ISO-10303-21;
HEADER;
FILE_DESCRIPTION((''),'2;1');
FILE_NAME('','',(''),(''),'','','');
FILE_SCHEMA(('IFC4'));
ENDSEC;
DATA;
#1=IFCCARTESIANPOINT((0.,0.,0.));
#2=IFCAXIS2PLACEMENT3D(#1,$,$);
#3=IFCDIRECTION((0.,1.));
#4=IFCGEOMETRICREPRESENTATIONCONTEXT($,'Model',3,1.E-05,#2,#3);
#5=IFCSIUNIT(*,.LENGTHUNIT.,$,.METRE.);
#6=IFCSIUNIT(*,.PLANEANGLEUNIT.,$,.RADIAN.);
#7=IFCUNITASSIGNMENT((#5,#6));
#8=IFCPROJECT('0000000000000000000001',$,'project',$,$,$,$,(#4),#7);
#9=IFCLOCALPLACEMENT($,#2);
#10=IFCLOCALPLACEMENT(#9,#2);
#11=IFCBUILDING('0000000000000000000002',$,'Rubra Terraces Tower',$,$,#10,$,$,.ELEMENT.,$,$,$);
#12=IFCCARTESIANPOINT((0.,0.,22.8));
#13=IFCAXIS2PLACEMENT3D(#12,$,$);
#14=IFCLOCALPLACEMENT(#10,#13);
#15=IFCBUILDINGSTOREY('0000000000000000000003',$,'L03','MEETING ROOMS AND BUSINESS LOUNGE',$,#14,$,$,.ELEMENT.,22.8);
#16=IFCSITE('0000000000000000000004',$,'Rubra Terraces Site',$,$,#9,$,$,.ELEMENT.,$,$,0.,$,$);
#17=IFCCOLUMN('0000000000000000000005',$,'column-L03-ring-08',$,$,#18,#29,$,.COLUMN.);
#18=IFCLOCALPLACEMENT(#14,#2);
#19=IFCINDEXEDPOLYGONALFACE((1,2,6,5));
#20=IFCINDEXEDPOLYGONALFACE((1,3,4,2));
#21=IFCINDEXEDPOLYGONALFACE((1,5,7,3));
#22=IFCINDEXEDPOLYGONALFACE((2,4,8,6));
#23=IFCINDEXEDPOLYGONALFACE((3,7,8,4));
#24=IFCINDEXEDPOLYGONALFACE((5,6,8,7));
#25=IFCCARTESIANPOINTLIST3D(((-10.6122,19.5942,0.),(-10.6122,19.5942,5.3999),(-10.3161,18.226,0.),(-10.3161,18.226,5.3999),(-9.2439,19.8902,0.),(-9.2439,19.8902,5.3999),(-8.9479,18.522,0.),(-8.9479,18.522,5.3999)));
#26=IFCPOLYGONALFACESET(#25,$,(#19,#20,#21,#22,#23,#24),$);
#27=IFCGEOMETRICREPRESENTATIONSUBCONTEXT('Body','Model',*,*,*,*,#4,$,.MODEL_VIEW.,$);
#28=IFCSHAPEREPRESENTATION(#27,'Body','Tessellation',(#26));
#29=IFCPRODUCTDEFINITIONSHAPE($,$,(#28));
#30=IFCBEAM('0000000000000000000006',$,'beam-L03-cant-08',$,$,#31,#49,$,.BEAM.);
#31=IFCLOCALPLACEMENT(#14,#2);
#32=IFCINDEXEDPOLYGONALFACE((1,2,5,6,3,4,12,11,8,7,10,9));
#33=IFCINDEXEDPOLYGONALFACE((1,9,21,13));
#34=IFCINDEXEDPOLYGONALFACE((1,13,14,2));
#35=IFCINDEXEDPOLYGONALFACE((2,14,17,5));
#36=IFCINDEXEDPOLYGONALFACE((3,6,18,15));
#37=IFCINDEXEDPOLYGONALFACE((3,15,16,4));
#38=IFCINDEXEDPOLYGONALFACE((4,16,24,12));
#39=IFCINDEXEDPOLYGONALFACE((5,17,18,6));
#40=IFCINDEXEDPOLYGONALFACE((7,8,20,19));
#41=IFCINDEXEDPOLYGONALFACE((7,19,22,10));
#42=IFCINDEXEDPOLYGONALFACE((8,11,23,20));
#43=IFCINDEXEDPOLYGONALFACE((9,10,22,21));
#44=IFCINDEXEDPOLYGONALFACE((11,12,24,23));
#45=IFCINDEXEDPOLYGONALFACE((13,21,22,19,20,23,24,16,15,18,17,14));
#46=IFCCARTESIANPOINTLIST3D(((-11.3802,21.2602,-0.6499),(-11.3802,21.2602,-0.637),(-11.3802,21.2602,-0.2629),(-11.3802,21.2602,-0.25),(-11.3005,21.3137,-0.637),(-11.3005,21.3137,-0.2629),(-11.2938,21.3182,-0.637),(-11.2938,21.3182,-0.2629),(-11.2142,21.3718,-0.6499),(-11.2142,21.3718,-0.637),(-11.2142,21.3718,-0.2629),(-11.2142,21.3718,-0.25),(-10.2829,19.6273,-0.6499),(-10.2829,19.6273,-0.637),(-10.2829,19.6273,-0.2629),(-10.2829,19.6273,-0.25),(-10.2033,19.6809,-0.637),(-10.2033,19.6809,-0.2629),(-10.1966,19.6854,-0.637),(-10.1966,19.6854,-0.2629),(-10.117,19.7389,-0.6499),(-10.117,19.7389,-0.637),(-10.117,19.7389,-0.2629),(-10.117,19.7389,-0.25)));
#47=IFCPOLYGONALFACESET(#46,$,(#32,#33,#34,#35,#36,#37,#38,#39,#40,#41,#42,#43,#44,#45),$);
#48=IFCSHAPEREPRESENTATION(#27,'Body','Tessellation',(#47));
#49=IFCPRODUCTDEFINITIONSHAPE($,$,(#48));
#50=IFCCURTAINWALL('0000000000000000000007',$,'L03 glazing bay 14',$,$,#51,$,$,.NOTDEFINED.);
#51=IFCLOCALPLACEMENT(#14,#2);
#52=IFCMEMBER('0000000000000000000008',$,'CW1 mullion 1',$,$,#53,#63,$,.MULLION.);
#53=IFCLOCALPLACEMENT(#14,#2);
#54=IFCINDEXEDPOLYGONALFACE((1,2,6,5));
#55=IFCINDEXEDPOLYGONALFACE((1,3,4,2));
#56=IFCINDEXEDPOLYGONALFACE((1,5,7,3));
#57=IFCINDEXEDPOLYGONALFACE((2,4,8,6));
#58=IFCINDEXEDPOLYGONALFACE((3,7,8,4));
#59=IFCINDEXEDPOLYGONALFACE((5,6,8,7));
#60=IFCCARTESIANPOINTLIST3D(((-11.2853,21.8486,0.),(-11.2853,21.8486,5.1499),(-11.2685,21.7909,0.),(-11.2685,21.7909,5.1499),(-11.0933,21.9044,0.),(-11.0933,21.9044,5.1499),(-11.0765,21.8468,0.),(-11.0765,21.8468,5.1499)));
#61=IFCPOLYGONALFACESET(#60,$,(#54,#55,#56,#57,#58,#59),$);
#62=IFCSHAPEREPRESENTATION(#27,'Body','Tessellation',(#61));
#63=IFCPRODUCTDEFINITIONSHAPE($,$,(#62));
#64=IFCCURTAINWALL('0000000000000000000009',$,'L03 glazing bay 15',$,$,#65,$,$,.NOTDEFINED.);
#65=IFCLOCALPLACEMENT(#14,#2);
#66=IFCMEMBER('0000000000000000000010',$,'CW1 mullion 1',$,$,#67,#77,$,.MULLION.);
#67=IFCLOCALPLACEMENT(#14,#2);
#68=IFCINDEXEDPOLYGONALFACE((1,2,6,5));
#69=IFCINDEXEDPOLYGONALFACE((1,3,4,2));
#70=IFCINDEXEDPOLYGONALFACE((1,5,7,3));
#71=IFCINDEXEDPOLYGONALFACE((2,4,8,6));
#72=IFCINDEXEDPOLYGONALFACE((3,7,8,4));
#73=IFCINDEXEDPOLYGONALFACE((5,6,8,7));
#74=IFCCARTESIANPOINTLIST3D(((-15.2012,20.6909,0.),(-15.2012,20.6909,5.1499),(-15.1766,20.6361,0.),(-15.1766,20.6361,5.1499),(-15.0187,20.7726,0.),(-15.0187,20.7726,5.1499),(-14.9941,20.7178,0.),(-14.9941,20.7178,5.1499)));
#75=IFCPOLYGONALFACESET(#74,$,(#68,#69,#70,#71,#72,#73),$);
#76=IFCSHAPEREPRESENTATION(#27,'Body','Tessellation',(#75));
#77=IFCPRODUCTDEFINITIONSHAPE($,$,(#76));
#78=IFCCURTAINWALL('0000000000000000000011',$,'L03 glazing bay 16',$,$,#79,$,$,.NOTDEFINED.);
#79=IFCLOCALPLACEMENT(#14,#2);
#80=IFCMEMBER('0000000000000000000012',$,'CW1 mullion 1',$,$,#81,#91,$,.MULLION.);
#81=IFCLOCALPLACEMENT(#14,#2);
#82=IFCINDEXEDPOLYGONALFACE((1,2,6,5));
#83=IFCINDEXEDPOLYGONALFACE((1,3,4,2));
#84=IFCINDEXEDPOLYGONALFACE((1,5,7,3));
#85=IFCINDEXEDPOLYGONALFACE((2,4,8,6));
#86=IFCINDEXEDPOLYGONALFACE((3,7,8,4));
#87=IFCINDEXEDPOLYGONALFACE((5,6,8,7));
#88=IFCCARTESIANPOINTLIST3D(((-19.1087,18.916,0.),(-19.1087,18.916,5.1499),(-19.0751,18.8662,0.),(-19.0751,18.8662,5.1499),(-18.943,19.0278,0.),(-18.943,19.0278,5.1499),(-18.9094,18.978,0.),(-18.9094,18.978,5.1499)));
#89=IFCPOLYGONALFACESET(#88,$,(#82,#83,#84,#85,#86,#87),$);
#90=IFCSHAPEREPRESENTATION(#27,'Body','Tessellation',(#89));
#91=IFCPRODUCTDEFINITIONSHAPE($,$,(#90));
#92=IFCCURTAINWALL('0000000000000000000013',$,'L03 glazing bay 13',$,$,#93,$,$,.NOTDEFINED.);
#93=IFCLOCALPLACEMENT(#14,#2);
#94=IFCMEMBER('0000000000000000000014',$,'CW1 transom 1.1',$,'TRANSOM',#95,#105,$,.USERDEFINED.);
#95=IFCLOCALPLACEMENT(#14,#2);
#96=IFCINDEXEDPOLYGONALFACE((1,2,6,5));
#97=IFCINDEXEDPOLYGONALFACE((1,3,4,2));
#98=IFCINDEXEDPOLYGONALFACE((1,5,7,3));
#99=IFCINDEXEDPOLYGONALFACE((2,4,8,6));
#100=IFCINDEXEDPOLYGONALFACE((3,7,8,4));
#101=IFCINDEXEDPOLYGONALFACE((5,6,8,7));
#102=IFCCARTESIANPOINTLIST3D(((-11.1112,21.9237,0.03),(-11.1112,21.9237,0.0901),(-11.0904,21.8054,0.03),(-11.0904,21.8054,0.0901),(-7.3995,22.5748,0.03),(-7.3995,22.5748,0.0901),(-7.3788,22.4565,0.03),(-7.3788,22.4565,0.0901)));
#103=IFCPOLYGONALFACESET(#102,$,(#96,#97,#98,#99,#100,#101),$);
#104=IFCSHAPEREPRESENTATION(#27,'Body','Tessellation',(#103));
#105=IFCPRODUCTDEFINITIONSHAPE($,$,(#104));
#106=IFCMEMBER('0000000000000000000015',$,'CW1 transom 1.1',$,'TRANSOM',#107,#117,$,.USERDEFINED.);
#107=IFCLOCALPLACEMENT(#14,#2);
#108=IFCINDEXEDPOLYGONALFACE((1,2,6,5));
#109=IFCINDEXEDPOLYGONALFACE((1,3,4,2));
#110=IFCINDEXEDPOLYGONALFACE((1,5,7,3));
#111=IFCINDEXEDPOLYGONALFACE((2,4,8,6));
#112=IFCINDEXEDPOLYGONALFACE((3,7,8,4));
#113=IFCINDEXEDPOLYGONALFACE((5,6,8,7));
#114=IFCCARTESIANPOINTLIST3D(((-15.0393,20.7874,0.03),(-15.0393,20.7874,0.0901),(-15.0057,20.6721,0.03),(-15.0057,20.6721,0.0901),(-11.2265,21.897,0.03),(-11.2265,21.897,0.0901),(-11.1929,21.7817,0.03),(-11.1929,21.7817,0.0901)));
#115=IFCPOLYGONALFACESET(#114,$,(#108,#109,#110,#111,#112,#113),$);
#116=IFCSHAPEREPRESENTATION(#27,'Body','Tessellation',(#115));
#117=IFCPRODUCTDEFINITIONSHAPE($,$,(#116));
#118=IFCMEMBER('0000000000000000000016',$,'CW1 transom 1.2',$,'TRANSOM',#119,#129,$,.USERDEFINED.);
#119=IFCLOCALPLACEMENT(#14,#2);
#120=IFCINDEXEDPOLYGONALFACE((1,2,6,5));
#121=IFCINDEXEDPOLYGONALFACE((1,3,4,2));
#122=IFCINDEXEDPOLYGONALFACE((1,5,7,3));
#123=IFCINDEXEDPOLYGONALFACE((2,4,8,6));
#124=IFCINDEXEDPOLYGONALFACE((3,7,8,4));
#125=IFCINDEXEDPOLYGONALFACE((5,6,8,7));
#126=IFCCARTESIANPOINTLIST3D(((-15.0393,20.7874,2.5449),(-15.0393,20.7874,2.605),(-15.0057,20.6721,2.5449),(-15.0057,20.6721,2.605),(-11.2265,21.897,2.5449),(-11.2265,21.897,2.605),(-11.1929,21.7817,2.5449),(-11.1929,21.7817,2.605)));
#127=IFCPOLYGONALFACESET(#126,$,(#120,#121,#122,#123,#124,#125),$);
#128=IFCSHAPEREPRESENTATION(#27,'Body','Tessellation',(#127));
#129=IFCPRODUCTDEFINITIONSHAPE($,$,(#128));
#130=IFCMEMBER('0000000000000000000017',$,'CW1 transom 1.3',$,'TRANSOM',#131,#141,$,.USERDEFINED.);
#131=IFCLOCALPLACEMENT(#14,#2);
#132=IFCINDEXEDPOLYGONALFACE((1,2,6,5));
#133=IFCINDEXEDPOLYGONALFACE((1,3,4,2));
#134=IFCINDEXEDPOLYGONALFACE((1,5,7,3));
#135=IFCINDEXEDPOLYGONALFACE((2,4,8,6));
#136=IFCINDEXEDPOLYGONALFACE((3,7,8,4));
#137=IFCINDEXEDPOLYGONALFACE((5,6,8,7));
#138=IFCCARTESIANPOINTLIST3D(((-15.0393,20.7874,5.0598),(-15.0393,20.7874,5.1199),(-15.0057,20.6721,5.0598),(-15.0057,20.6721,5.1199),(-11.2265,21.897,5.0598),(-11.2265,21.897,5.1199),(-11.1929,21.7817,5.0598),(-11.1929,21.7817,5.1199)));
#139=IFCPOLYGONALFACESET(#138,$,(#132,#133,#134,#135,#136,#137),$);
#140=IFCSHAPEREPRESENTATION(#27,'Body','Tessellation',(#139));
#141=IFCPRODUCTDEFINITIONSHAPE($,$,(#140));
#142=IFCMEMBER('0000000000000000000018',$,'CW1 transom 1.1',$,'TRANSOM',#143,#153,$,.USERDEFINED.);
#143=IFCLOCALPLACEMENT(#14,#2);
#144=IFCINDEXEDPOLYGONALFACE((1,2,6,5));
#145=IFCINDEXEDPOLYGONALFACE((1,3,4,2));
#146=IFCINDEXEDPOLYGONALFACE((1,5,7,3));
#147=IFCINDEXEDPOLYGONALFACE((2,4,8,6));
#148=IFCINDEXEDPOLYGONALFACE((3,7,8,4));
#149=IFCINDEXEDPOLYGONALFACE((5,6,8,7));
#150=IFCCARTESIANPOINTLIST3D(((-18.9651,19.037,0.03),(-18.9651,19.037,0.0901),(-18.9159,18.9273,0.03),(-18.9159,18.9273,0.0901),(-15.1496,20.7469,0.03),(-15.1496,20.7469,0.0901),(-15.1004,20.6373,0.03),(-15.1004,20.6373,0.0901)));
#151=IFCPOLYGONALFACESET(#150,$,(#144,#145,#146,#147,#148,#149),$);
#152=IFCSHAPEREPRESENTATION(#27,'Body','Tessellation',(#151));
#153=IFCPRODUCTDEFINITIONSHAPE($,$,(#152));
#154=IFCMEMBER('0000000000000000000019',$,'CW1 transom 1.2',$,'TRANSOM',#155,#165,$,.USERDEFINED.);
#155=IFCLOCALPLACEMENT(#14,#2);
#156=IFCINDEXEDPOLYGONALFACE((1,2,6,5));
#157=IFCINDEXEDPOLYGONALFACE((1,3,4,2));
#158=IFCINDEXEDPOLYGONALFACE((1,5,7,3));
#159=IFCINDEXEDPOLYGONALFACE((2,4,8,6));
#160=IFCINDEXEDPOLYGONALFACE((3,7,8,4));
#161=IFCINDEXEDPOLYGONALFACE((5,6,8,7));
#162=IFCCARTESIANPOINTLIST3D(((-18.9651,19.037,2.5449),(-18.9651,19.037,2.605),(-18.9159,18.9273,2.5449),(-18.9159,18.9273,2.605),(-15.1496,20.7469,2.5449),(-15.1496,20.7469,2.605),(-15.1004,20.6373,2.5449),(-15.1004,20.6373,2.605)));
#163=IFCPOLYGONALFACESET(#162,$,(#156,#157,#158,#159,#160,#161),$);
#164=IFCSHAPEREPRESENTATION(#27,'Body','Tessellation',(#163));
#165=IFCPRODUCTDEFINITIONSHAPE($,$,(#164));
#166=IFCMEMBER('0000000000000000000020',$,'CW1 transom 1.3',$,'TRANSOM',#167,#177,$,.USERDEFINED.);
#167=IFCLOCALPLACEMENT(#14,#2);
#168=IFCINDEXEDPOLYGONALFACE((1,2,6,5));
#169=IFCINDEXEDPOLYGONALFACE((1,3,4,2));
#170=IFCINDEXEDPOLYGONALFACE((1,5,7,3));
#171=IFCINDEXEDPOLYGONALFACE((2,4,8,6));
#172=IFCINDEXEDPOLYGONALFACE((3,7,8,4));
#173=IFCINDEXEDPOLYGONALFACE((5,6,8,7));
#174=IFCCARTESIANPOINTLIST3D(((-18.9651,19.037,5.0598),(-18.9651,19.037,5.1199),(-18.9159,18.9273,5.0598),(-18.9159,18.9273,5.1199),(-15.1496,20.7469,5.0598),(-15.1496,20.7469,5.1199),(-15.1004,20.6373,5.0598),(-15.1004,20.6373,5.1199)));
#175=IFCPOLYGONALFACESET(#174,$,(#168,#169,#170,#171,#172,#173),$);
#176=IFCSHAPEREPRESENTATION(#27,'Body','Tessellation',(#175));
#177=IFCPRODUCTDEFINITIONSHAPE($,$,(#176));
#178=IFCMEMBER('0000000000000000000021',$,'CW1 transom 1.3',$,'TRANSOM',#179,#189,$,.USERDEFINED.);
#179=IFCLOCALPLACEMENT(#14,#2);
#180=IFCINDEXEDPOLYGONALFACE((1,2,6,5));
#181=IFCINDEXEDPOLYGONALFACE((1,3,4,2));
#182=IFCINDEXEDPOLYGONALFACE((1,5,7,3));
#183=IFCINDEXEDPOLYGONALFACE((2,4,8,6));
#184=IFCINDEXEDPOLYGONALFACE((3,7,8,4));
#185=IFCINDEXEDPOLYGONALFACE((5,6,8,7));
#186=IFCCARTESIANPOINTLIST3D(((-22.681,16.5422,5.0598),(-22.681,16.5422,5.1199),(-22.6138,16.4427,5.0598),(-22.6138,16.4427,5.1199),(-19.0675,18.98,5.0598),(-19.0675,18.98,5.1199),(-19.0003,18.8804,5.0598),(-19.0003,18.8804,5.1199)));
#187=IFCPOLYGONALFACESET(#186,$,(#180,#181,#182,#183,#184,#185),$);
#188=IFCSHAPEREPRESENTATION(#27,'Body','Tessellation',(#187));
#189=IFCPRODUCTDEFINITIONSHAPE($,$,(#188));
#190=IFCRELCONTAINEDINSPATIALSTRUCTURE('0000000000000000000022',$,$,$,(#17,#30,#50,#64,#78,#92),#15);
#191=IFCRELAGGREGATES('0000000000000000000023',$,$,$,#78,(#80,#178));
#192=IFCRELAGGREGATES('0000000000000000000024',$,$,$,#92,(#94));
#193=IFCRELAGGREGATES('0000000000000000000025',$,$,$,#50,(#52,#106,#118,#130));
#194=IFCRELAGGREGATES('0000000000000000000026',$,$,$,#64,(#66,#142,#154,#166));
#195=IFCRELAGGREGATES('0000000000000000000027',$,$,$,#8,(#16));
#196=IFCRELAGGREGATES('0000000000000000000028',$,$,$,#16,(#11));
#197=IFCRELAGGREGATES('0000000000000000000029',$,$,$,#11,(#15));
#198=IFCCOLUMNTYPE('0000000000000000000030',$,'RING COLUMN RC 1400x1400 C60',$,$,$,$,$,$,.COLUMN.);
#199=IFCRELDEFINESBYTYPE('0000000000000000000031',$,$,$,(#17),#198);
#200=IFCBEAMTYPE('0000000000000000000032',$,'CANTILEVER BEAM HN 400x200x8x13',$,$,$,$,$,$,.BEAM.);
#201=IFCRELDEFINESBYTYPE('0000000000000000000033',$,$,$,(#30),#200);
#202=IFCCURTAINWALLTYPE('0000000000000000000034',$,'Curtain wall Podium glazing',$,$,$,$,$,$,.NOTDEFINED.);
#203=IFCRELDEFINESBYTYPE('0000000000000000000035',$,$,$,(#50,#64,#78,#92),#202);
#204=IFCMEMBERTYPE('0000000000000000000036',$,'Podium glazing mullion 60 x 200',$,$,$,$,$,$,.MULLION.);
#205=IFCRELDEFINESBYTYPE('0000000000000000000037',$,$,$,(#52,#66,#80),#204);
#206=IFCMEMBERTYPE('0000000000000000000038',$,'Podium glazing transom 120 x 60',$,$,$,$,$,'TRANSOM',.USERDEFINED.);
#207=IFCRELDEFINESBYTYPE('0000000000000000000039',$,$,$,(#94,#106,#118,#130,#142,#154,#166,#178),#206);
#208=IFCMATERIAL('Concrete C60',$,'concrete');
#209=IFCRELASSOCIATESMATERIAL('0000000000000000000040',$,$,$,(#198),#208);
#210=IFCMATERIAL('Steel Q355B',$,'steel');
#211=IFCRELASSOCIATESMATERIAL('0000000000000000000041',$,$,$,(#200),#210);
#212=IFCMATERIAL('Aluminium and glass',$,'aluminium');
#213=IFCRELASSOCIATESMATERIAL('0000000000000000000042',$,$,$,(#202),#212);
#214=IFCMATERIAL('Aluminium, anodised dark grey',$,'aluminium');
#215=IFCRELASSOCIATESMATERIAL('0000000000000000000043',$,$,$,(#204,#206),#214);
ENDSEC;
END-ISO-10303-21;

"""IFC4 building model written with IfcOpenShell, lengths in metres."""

from ifc_helpers import new_model, si_unit, direction, frame, origin, origin_2d, place, context, subcontext, project, spatial, rectangle, i_section, extrude, material, material_profile, profile_set, type_object, element, aggregate, save


model = new_model("IFC4")

# Units and contexts
model_context = context("Model", 3, precision=1e-05, world=origin(), true_north=direction((0.0, 1.0)))
body_context = subcontext(model_context, "Body", "Model", "MODEL_VIEW")
ifc_project = project(units=[si_unit("LENGTHUNIT", "METRE"), si_unit("PLANEANGLEUNIT", "RADIAN")], contexts=[model_context])

# Site, building, storey
site_placement = place(None, origin())
site = spatial("IfcSite", under=ifc_project, at=site_placement, Name="Rubra Terraces Site", CompositionType="ELEMENT", RefElevation=0.0)
building_placement = place(site_placement, origin())
building = spatial("IfcBuilding", under=site, at=building_placement, Name="Rubra Terraces Tower", CompositionType="ELEMENT")
storey_placement = place(building_placement, frame((0.0, 0.0, 22.8)))
storey = spatial("IfcBuildingStorey", under=building, at=storey_placement, Name="L03", Description="MEETING ROOMS AND BUSINESS LOUNGE", CompositionType="ELEMENT", Elevation=22.8)

# Column
ifc_material_1 = material(Name="Concrete C60", Category="concrete")
ifc_material_profile_1 = material_profile(ifc_material_1, rectangle(XDim=1.3999, YDim=1.3999, at=origin_2d()), Name="RC 1400x1400")
ifc_profile_set_1 = profile_set([ifc_material_profile_1], Name="Concrete C60")
column_type = type_object("IfcColumnType", Name="RING COLUMN RC 1400x1400 C60", PredefinedType="COLUMN", material=ifc_profile_set_1)
column_placement = place(storey_placement, frame((-9.78, 19.0581, 0.0), z_axis=(0.0, 0.0, 1.0), x_axis=(-0.977386, -0.211462, 0.0)))
element("IfcColumn", 1, at=column_placement, inside=storey, type_object=column_type, Name="column-L03-ring-08", PredefinedType="COLUMN", context=body_context, shape_type="SweptSolid", body=[
    extrude(rectangle(XDim=1.3999, YDim=1.3999, at=origin_2d()), origin(), (0.0, 0.0, 1.0), 5.3999),
])

# Beam
ifc_material_2 = material(Name="Steel Q355B", Category="steel")
ifc_material_profile_2 = material_profile(ifc_material_2, i_section(OverallWidth=0.2, OverallDepth=0.3999, WebThickness=0.0081, FlangeThickness=0.0129, at=origin_2d()), Name="HN 400x200x8x13")
ifc_profile_set_2 = profile_set([ifc_material_profile_2], Name="Steel Q355B")
beam_type = type_object("IfcBeamType", Name="CANTILEVER BEAM HN 400x200x8x13", PredefinedType="BEAM", material=ifc_profile_set_2)
beam_placement = place(storey_placement, frame((-10.2, 19.6831, -0.45), z_axis=(-0.557732, 0.830021, 0.0), x_axis=(-0.830021, -0.557732, 0.0)))
element("IfcBeam", 2, at=beam_placement, inside=storey, type_object=beam_type, Name="beam-L03-cant-08", PredefinedType="BEAM", context=body_context, shape_type="SweptSolid", body=[
    extrude(i_section(OverallWidth=0.2, OverallDepth=0.3999, WebThickness=0.0081, FlangeThickness=0.0129, at=origin_2d()), origin(), (0.0, 0.0, 1.0), 1.9673),
])

# Curtain walls, members
ifc_material_3 = material(Name="Aluminium and glass", Category="aluminium")
curtain_wall_type = type_object("IfcCurtainWallType", Name="Curtain wall Podium glazing", PredefinedType="NOTDEFINED", material=ifc_material_3)
curtain_wall_1_placement = place(storey_placement, origin())
curtain_wall_1 = element("IfcCurtainWall", 3, at=curtain_wall_1_placement, inside=storey, type_object=curtain_wall_type, Name="L03 glazing bay 14", PredefinedType="NOTDEFINED")
ifc_material_4 = material(Name="Aluminium, anodised dark grey", Category="aluminium")
ifc_material_profile_3 = material_profile(ifc_material_4, rectangle(XDim=0.0601, YDim=0.2, at=origin_2d()), Name="AL 60x200")
ifc_profile_set_3 = profile_set([ifc_material_profile_3], Name="Aluminium, anodised dark grey")
member_type_1 = type_object("IfcMemberType", Name="Podium glazing mullion 60 x 200", PredefinedType="MULLION", material=ifc_profile_set_3)
member_1_placement = place(storey_placement, frame((-11.1809, 21.8477, 0.0), z_axis=(0.0, 0.0, 1.0), x_axis=(0.279399, -0.960175, 0.0)))
member_1 = element("IfcMember", 4, at=member_1_placement, type_object=member_type_1, Name="CW1 mullion 1", PredefinedType="MULLION", context=body_context, shape_type="SweptSolid", body=[
    extrude(rectangle(XDim=0.0601, YDim=0.2, at=origin_2d()), origin(), (0.0, 0.0, 1.0), 5.1499),
])
curtain_wall_2_placement = place(storey_placement, origin())
curtain_wall_2 = element("IfcCurtainWall", 5, at=curtain_wall_2_placement, inside=storey, type_object=curtain_wall_type, Name="L03 glazing bay 15", PredefinedType="NOTDEFINED")
member_2_placement = place(storey_placement, frame((-15.0977, 20.7043, 0.0), z_axis=(0.0, 0.0, 1.0), x_axis=(0.408962, -0.912551, 0.0)))
member_2 = element("IfcMember", 6, at=member_2_placement, type_object=member_type_1, Name="CW1 mullion 1", PredefinedType="MULLION", context=body_context, shape_type="SweptSolid", body=[
    extrude(rectangle(XDim=0.0601, YDim=0.2, at=origin_2d()), origin(), (0.0, 0.0, 1.0), 5.1499),
])
curtain_wall_3_placement = place(storey_placement, origin())
curtain_wall_3 = element("IfcCurtainWall", 7, at=curtain_wall_3_placement, inside=storey, type_object=curtain_wall_type, Name="L03 glazing bay 16", PredefinedType="NOTDEFINED")
member_3_placement = place(storey_placement, frame((-19.009, 18.947, 0.0), z_axis=(0.0, 0.0, 1.0), x_axis=(0.559277, -0.828981, 0.0)))
member_3 = element("IfcMember", 8, at=member_3_placement, type_object=member_type_1, Name="CW1 mullion 1", PredefinedType="MULLION", context=body_context, shape_type="SweptSolid", body=[
    extrude(rectangle(XDim=0.0601, YDim=0.2, at=origin_2d()), origin(), (0.0, 0.0, 1.0), 5.1499),
])
curtain_wall_4_placement = place(storey_placement, origin())
curtain_wall_4 = element("IfcCurtainWall", 9, at=curtain_wall_4_placement, inside=storey, type_object=curtain_wall_type, Name="L03 glazing bay 13", PredefinedType="NOTDEFINED")
ifc_material_profile_4 = material_profile(ifc_material_4, rectangle(XDim=0.1201, YDim=0.0601, at=origin_2d()), Name="AL 120x60")
ifc_profile_set_4 = profile_set([ifc_material_profile_4], Name="Aluminium, anodised dark grey")
member_type_2 = type_object("IfcMemberType", Name="Podium glazing transom 120 x 60", ElementType="TRANSOM", PredefinedType="USERDEFINED", material=ifc_profile_set_4)
member_4_placement = place(storey_placement, frame((-7.3892, 22.5156, 0.0601), z_axis=(-0.984959, -0.172787, 0.0), x_axis=(0.172787, -0.984959, 0.0)))
member_4 = element("IfcMember", 10, at=member_4_placement, type_object=member_type_2, Name="CW1 transom 1.1", ObjectType="TRANSOM", PredefinedType="USERDEFINED", context=body_context, shape_type="SweptSolid", body=[
    extrude(rectangle(XDim=0.1201, YDim=0.0601, at=origin_2d()), origin(), (0.0, 0.0, 1.0), 3.7683),
])

# Members
member_5_placement = place(storey_placement, frame((-11.2097, 21.8394, 0.0601), z_axis=(-0.960164, -0.279436, 0.0), x_axis=(0.279436, -0.960164, 0.0)))
member_5 = element("IfcMember", 11, at=member_5_placement, type_object=member_type_2, Name="CW1 transom 1.1", ObjectType="TRANSOM", PredefinedType="USERDEFINED", context=body_context, shape_type="SweptSolid", body=[
    extrude(rectangle(XDim=0.1201, YDim=0.0601, at=origin_2d()), origin(), (0.0, 0.0, 1.0), 3.9709),
])
member_6_placement = place(storey_placement, frame((-11.2097, 21.8394, 2.575), z_axis=(-0.960164, -0.279436, 0.0), x_axis=(0.279436, -0.960164, 0.0)))
member_6 = element("IfcMember", 12, at=member_6_placement, type_object=member_type_2, Name="CW1 transom 1.2", ObjectType="TRANSOM", PredefinedType="USERDEFINED", context=body_context, shape_type="SweptSolid", body=[
    extrude(rectangle(XDim=0.1201, YDim=0.0601, at=origin_2d()), origin(), (0.0, 0.0, 1.0), 3.9709),
])
member_7_placement = place(storey_placement, frame((-11.2097, 21.8394, 5.0898), z_axis=(-0.960164, -0.279436, 0.0), x_axis=(0.279436, -0.960164, 0.0)))
member_7 = element("IfcMember", 13, at=member_7_placement, type_object=member_type_2, Name="CW1 transom 1.3", ObjectType="TRANSOM", PredefinedType="USERDEFINED", context=body_context, shape_type="SweptSolid", body=[
    extrude(rectangle(XDim=0.1201, YDim=0.0601, at=origin_2d()), origin(), (0.0, 0.0, 1.0), 3.9709),
])
member_8_placement = place(storey_placement, frame((-15.125, 20.6921, 0.0601), z_axis=(-0.912545, -0.408975, 0.0), x_axis=(0.408975, -0.912545, 0.0)))
member_8 = element("IfcMember", 14, at=member_8_placement, type_object=member_type_2, Name="CW1 transom 1.1", ObjectType="TRANSOM", PredefinedType="USERDEFINED", context=body_context, shape_type="SweptSolid", body=[
    extrude(rectangle(XDim=0.1201, YDim=0.0601, at=origin_2d()), origin(), (0.0, 0.0, 1.0), 4.1812),
])
member_9_placement = place(storey_placement, frame((-15.125, 20.6921, 2.575), z_axis=(-0.912545, -0.408975, 0.0), x_axis=(0.408975, -0.912545, 0.0)))
member_9 = element("IfcMember", 15, at=member_9_placement, type_object=member_type_2, Name="CW1 transom 1.2", ObjectType="TRANSOM", PredefinedType="USERDEFINED", context=body_context, shape_type="SweptSolid", body=[
    extrude(rectangle(XDim=0.1201, YDim=0.0601, at=origin_2d()), origin(), (0.0, 0.0, 1.0), 4.1812),
])
member_10_placement = place(storey_placement, frame((-15.125, 20.6921, 5.0898), z_axis=(-0.912545, -0.408975, 0.0), x_axis=(0.408975, -0.912545, 0.0)))
member_10 = element("IfcMember", 16, at=member_10_placement, type_object=member_type_2, Name="CW1 transom 1.3", ObjectType="TRANSOM", PredefinedType="USERDEFINED", context=body_context, shape_type="SweptSolid", body=[
    extrude(rectangle(XDim=0.1201, YDim=0.0601, at=origin_2d()), origin(), (0.0, 0.0, 1.0), 4.1812),
])
member_11_placement = place(storey_placement, frame((-19.0339, 18.9302, 5.0898), z_axis=(-0.828996, -0.559254, 0.0), x_axis=(0.559254, -0.828996, 0.0)))
member_11 = element("IfcMember", 17, at=member_11_placement, type_object=member_type_2, Name="CW1 transom 1.3", ObjectType="TRANSOM", PredefinedType="USERDEFINED", context=body_context, shape_type="SweptSolid", body=[
    extrude(rectangle(XDim=0.1201, YDim=0.0601, at=origin_2d()), origin(), (0.0, 0.0, 1.0), 4.3589),
])
aggregate(curtain_wall_3, [member_3, member_11])

aggregate(curtain_wall_4, [member_4])
aggregate(curtain_wall_1, [member_1, member_5, member_6, member_7])
aggregate(curtain_wall_2, [member_2, member_8, member_9, member_10])

save(model, "model.ifc")
